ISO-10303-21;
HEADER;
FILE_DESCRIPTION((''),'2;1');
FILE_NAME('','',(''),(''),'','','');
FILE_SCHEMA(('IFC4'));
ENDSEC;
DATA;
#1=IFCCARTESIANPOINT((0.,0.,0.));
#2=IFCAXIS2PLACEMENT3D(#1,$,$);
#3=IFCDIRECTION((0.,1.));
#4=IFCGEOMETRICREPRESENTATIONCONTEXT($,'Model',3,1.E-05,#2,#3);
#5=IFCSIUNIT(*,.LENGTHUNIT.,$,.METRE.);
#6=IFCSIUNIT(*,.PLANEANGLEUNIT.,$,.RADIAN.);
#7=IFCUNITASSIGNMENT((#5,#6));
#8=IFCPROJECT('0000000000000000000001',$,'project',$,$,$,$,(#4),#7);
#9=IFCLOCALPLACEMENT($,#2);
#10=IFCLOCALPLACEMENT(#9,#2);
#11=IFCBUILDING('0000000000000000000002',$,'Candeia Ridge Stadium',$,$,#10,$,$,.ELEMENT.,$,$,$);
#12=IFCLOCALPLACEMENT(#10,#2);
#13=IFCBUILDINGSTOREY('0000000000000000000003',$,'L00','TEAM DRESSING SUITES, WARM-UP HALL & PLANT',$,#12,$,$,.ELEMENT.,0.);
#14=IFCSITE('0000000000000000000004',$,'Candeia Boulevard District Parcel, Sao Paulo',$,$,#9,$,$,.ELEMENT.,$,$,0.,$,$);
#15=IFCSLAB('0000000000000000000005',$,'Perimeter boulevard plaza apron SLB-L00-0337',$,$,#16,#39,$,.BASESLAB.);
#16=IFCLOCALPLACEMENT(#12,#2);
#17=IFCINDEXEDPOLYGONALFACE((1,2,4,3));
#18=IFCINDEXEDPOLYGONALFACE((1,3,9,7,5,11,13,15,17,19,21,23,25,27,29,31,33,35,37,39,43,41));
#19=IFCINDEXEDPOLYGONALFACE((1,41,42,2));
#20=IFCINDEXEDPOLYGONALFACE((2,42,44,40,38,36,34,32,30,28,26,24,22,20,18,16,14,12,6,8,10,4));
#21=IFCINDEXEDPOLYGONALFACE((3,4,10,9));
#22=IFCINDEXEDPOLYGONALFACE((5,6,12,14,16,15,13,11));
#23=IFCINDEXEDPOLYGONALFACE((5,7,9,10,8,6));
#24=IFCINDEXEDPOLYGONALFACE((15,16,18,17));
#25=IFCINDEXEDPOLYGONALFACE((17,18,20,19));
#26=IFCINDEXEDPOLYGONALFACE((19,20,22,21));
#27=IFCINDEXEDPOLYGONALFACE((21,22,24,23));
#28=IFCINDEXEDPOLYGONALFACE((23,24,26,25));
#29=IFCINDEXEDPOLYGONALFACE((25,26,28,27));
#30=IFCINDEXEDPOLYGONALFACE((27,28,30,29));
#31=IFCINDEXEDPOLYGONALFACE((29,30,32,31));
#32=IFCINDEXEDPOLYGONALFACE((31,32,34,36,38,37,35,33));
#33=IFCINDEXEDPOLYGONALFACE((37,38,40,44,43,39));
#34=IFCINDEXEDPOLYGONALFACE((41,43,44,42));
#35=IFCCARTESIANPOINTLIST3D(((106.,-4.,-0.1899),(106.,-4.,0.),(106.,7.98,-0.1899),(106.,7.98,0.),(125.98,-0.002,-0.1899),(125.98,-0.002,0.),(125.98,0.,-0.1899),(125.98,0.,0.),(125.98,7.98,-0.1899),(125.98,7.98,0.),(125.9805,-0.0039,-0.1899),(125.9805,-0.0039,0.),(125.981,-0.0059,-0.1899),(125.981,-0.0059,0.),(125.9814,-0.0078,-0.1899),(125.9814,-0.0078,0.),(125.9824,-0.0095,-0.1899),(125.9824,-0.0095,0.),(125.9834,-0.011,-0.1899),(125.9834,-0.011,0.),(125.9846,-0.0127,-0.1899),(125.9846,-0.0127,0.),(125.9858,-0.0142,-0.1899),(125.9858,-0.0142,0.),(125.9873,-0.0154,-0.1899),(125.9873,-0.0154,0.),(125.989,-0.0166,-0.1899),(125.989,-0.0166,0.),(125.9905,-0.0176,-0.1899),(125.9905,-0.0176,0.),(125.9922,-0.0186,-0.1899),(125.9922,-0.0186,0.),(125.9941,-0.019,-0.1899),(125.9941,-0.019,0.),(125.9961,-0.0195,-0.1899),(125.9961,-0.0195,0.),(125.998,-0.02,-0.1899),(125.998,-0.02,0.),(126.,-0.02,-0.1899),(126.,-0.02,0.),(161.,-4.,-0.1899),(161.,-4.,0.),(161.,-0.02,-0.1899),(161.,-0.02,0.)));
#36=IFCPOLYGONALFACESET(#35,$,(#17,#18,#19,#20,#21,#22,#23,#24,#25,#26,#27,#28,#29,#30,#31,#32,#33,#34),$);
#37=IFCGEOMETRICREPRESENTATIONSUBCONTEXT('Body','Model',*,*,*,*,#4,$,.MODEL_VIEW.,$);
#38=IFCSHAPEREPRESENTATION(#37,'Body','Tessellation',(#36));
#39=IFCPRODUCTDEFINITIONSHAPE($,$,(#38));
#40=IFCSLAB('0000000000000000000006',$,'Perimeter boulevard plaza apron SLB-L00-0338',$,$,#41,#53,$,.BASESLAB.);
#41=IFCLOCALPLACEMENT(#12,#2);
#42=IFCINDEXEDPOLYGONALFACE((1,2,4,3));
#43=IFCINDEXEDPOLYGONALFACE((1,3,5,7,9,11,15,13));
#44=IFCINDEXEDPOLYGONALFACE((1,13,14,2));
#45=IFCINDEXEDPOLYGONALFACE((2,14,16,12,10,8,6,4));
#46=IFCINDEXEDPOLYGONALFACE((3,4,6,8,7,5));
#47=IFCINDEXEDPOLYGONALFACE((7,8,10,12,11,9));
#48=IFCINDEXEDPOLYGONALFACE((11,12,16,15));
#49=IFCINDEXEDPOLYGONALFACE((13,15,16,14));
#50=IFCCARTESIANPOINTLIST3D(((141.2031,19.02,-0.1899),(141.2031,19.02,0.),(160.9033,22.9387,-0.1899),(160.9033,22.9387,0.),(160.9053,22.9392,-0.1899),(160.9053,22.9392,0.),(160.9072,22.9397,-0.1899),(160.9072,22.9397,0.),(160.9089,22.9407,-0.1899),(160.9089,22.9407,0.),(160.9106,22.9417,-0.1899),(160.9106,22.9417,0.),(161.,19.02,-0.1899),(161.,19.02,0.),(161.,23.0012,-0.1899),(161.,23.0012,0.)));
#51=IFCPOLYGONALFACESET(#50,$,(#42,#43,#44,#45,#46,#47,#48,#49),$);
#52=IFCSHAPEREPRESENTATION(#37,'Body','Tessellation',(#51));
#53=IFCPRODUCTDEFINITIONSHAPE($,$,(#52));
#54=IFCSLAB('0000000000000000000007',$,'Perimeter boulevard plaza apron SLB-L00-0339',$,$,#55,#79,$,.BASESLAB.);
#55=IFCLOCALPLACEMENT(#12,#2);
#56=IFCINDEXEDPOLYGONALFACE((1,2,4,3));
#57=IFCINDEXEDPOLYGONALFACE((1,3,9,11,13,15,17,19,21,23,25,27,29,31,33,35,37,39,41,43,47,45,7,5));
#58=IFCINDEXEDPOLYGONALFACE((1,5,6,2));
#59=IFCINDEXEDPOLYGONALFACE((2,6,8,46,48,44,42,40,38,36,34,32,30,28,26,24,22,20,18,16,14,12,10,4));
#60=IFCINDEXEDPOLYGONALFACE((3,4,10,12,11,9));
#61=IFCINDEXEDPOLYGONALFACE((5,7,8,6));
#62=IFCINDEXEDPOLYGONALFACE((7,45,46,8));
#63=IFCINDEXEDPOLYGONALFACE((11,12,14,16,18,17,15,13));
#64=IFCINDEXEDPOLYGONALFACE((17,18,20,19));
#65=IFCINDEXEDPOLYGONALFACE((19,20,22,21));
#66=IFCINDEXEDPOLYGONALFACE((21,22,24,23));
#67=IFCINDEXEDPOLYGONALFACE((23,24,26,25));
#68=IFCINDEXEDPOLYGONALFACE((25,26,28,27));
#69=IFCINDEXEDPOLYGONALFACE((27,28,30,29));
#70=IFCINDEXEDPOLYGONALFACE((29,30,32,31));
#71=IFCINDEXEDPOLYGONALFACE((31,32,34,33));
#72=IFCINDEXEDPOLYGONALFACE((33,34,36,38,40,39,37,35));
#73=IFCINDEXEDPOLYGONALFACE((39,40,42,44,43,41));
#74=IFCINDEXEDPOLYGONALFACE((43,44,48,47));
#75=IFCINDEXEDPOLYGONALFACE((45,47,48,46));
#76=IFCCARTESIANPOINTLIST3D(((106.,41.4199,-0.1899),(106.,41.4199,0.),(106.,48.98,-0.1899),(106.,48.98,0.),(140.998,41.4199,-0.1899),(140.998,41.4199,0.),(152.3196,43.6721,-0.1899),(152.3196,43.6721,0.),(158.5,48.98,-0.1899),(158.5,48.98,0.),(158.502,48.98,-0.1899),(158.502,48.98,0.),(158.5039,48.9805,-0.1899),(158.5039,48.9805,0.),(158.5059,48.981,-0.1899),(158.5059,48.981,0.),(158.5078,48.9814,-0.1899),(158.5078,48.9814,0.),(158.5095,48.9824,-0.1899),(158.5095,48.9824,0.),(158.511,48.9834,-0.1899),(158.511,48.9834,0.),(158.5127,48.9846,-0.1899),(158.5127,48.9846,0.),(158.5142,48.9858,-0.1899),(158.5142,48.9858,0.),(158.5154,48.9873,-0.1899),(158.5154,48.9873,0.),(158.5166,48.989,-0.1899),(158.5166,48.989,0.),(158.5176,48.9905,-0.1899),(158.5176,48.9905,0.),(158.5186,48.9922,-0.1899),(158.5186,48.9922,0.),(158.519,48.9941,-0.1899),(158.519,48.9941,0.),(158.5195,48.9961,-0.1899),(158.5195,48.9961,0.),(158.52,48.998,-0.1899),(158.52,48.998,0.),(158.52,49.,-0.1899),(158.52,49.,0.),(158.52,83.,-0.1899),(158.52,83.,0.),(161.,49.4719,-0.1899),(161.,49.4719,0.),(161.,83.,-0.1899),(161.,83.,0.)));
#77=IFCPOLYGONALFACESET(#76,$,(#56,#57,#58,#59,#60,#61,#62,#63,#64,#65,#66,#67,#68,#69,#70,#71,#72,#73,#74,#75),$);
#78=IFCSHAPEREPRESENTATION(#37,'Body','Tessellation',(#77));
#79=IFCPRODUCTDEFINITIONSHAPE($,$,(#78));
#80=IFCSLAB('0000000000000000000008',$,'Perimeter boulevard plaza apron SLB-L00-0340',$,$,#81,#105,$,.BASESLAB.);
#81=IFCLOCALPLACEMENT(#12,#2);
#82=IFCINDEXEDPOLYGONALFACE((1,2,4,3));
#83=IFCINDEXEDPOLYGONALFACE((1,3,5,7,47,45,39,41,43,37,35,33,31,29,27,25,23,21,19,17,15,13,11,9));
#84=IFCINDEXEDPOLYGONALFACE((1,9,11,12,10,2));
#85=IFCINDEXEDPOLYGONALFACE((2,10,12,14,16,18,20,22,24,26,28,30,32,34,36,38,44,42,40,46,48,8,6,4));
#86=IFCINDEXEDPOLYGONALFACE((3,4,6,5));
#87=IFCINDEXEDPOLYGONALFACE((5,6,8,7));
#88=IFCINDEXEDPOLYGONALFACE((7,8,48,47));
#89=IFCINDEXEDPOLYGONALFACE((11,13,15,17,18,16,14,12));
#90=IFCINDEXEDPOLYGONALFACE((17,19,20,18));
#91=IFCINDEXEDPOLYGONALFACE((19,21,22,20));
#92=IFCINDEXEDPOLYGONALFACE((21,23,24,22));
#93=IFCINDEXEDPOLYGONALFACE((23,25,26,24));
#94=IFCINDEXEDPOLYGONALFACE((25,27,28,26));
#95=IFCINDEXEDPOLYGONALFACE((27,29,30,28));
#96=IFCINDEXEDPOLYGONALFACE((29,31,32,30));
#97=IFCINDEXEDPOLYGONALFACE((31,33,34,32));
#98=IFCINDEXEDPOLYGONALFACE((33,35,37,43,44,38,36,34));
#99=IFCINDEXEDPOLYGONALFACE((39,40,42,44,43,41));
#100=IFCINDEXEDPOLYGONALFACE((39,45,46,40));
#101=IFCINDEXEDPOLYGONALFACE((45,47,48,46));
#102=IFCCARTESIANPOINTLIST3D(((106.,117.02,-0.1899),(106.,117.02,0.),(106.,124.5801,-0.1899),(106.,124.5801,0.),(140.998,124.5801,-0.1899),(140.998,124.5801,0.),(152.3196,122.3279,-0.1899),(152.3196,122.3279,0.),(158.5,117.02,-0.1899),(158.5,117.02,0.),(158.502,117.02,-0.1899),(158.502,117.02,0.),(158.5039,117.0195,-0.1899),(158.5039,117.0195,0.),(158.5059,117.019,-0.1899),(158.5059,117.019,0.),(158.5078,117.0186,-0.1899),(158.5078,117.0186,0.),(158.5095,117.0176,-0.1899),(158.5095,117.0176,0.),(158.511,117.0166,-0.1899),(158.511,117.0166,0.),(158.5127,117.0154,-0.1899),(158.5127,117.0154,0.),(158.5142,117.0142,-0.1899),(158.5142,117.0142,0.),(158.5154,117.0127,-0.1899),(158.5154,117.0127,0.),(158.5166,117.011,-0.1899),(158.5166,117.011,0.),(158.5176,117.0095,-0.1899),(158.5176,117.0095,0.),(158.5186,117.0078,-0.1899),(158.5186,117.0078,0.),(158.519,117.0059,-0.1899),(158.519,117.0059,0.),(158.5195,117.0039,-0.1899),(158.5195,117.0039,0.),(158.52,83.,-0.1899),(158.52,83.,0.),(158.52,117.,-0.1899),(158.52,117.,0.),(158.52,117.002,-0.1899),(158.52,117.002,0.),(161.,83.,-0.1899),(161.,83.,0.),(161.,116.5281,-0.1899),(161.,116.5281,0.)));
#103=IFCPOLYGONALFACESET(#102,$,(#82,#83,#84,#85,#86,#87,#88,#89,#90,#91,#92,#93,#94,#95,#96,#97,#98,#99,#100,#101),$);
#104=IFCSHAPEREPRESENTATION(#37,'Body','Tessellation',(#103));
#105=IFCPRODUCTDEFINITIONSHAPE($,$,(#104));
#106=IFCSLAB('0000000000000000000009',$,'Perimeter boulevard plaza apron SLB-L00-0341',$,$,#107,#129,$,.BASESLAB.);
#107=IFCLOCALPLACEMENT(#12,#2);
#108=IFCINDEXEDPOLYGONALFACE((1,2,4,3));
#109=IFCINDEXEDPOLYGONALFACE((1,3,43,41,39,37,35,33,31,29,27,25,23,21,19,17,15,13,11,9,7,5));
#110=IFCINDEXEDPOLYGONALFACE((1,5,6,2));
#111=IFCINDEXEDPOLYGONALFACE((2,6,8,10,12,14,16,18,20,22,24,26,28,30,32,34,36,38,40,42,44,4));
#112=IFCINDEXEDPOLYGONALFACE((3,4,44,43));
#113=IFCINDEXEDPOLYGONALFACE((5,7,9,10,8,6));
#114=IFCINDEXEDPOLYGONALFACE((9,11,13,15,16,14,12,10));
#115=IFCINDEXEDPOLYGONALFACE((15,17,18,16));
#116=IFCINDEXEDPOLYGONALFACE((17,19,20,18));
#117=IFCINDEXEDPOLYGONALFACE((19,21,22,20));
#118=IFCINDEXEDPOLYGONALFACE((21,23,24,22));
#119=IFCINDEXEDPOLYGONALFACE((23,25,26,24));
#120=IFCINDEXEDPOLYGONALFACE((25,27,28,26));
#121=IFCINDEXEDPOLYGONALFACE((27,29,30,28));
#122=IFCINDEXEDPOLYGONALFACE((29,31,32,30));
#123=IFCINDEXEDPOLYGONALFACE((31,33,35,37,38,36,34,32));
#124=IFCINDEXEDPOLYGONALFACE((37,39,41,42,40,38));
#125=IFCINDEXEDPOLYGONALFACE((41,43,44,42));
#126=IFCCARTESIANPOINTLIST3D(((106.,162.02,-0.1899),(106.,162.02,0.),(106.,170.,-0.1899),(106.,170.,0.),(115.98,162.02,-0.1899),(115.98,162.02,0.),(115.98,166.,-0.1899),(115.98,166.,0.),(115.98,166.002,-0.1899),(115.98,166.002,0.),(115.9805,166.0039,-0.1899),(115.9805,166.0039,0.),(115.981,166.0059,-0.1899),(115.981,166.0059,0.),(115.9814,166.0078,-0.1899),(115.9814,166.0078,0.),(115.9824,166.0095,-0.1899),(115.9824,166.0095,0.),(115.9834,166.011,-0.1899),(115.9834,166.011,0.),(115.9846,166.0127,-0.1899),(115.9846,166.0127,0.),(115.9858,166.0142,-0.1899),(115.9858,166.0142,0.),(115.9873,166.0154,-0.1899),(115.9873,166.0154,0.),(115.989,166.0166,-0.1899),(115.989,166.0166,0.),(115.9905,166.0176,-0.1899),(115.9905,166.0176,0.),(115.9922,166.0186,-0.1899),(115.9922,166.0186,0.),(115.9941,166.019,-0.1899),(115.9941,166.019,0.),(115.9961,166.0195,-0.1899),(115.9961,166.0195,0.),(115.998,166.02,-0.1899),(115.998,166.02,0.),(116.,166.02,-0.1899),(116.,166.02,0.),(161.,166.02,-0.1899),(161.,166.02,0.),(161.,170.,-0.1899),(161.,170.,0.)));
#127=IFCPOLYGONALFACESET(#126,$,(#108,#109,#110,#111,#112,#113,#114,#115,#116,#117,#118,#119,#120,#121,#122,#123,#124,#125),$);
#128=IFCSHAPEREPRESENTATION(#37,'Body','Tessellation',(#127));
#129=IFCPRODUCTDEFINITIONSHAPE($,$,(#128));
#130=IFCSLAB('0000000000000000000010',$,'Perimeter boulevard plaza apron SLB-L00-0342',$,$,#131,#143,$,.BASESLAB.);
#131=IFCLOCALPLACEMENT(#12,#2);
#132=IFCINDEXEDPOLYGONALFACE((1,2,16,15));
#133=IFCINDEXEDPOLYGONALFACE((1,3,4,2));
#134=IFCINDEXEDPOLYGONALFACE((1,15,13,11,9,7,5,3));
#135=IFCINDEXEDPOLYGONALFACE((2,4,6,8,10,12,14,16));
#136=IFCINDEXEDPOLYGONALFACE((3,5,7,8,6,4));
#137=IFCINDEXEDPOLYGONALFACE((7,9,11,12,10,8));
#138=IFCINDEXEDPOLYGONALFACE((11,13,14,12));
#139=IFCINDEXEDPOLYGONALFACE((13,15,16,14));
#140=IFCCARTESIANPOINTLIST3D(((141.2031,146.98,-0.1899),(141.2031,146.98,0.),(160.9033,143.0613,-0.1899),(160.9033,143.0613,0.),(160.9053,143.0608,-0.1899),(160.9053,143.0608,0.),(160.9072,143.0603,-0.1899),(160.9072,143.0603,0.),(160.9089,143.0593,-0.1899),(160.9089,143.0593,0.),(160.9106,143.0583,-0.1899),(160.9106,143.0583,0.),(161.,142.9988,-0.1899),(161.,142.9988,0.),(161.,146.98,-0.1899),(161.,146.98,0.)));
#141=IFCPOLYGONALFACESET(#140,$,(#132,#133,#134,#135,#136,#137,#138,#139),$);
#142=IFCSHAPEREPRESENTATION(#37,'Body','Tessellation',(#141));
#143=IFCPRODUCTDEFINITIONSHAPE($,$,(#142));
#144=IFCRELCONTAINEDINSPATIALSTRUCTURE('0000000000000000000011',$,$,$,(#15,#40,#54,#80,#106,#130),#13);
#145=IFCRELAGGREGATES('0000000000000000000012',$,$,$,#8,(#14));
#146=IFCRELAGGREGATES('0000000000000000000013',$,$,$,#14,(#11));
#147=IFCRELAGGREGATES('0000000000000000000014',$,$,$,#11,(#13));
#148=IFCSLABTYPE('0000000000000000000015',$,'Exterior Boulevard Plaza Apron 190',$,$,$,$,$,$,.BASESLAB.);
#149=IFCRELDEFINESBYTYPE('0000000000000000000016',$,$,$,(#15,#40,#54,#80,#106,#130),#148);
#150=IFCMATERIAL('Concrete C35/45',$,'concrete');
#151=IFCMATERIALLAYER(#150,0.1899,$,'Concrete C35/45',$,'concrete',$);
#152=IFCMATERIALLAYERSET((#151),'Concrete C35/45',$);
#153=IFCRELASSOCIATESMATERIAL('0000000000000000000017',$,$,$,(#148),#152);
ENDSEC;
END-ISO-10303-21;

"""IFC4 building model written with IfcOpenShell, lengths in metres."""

from ifc_helpers import new_model, si_unit, direction, frame, origin, place, context, subcontext, project, spatial, polyline, outline, extrude, material, layer, layer_set, type_object, element, save


model = new_model("IFC4")

# Units and contexts
model_context = context("Model", 3, precision=1e-05, world=origin(), true_north=direction((0.0, 1.0)))
body_context = subcontext(model_context, "Body", "Model", "MODEL_VIEW")
ifc_project = project(units=[si_unit("LENGTHUNIT", "METRE"), si_unit("PLANEANGLEUNIT", "RADIAN")], contexts=[model_context])

# Site, building, storey
site_placement = place(None, origin())
site = spatial("IfcSite", under=ifc_project, at=site_placement, Name="Candeia Boulevard District Parcel, Sao Paulo", CompositionType="ELEMENT", RefElevation=0.0)
building_placement = place(site_placement, origin())
building = spatial("IfcBuilding", under=site, at=building_placement, Name="Candeia Ridge Stadium", CompositionType="ELEMENT")
storey_placement = place(building_placement, origin())
storey = spatial("IfcBuildingStorey", under=building, at=storey_placement, Name="L00", Description="TEAM DRESSING SUITES, WARM-UP HALL & PLANT", CompositionType="ELEMENT", Elevation=0.0)

# Slabs
ifc_material_1 = material(Name="Concrete C35/45", Category="concrete")
ifc_layer_1 = layer(ifc_material_1, 0.1899, Name="Concrete C35/45", Category="concrete")
ifc_layer_set_1 = layer_set([ifc_layer_1], Name="Concrete C35/45")
slab_type_1 = type_object("IfcSlabType", Name="Exterior Boulevard Plaza Apron 190", PredefinedType="BASESLAB", material=ifc_layer_set_1)
slab_1_placement = place(storey_placement, frame((0.0, 0.0, -0.1899)))
element("IfcSlab", 1, at=slab_1_placement, inside=storey, type_object=slab_type_1, Name="Perimeter boulevard plaza apron SLB-L00-0337", PredefinedType="BASESLAB", context=body_context, shape_type="SweptSolid", body=[
    extrude(outline(polyline([(106.0, -4.0), (106.0, 7.98), (125.98, 7.98), (125.98, 0.0), (125.98, -0.002), (125.9805, -0.0039), (125.981, -0.0059), (125.9814, -0.0078), (125.9824, -0.0095), (125.9834, -0.011), (125.9846, -0.0127), (125.9858, -0.0142), (125.9873, -0.0154), (125.989, -0.0166), (125.9905, -0.0176), (125.9922, -0.0186), (125.9941, -0.019), (125.9961, -0.0195), (125.998, -0.02), (126.0, -0.02), (161.0, -0.02), (161.0, -4.0), (106.0, -4.0)])), origin(), (0.0, 0.0, 1.0), 0.1899),
])
slab_2_placement = place(storey_placement, frame((0.0, 0.0, -0.1899)))
element("IfcSlab", 2, at=slab_2_placement, inside=storey, type_object=slab_type_1, Name="Perimeter boulevard plaza apron SLB-L00-0338", PredefinedType="BASESLAB", context=body_context, shape_type="SweptSolid", body=[
    extrude(outline(polyline([(141.2031, 19.02), (160.9033, 22.9387), (160.9053, 22.9392), (160.9072, 22.9397), (160.9089, 22.9407), (160.9106, 22.9417), (161.0, 23.0012), (161.0, 19.02), (141.2031, 19.02)])), origin(), (0.0, 0.0, 1.0), 0.1899),
])
slab_3_placement = place(storey_placement, frame((0.0, 0.0, -0.1899)))
element("IfcSlab", 3, at=slab_3_placement, inside=storey, type_object=slab_type_1, Name="Perimeter boulevard plaza apron SLB-L00-0339", PredefinedType="BASESLAB", context=body_context, shape_type="SweptSolid", body=[
    extrude(outline(polyline([(152.3196, 43.6721), (140.998, 41.4199), (106.0, 41.4199), (106.0, 48.98), (158.5, 48.98), (158.502, 48.98), (158.5039, 48.9805), (158.5059, 48.981), (158.5078, 48.9814), (158.5095, 48.9824), (158.511, 48.9834), (158.5127, 48.9846), (158.5142, 48.9858), (158.5154, 48.9873), (158.5166, 48.989), (158.5176, 48.9905), (158.5186, 48.9922), (158.519, 48.9941), (158.5195, 48.9961), (158.52, 48.998), (158.52, 49.0), (158.52, 83.0), (161.0, 83.0), (161.0, 49.4719), (152.3196, 43.6721)])), origin(), (0.0, 0.0, 1.0), 0.1899),
])
slab_4_placement = place(storey_placement, frame((0.0, 0.0, -0.1899)))
element("IfcSlab", 4, at=slab_4_placement, inside=storey, type_object=slab_type_1, Name="Perimeter boulevard plaza apron SLB-L00-0340", PredefinedType="BASESLAB", context=body_context, shape_type="SweptSolid", body=[
    extrude(outline(polyline([(152.3196, 122.3279), (161.0, 116.5281), (161.0, 83.0), (158.52, 83.0), (158.52, 117.0), (158.52, 117.002), (158.5195, 117.0039), (158.519, 117.0059), (158.5186, 117.0078), (158.5176, 117.0095), (158.5166, 117.011), (158.5154, 117.0127), (158.5142, 117.0142), (158.5127, 117.0154), (158.511, 117.0166), (158.5095, 117.0176), (158.5078, 117.0186), (158.5059, 117.019), (158.5039, 117.0195), (158.502, 117.02), (158.5, 117.02), (106.0, 117.02), (106.0, 124.5801), (140.998, 124.5801), (152.3196, 122.3279)])), origin(), (0.0, 0.0, 1.0), 0.1899),
])
slab_5_placement = place(storey_placement, frame((0.0, 0.0, -0.1899)))
element("IfcSlab", 5, at=slab_5_placement, inside=storey, type_object=slab_type_1, Name="Perimeter boulevard plaza apron SLB-L00-0341", PredefinedType="BASESLAB", context=body_context, shape_type="SweptSolid", body=[
    extrude(outline(polyline([(161.0, 170.0), (161.0, 166.02), (116.0, 166.02), (115.998, 166.02), (115.9961, 166.0195), (115.9941, 166.019), (115.9922, 166.0186), (115.9905, 166.0176), (115.989, 166.0166), (115.9873, 166.0154), (115.9858, 166.0142), (115.9846, 166.0127), (115.9834, 166.011), (115.9824, 166.0095), (115.9814, 166.0078), (115.981, 166.0059), (115.9805, 166.0039), (115.98, 166.002), (115.98, 166.0), (115.98, 162.02), (106.0, 162.02), (106.0, 170.0), (161.0, 170.0)])), origin(), (0.0, 0.0, 1.0), 0.1899),
])
slab_6_placement = place(storey_placement, frame((0.0, 0.0, -0.1899)))
element("IfcSlab", 6, at=slab_6_placement, inside=storey, type_object=slab_type_1, Name="Perimeter boulevard plaza apron SLB-L00-0342", PredefinedType="BASESLAB", context=body_context, shape_type="SweptSolid", body=[
    extrude(outline(polyline([(160.9106, 143.0583), (160.9089, 143.0593), (160.9072, 143.0603), (160.9053, 143.0608), (160.9033, 143.0613), (141.2031, 146.98), (161.0, 146.98), (161.0, 142.9988), (160.9106, 143.0583)])), origin(), (0.0, 0.0, 1.0), 0.1899),
])

save(model, "model.ifc")
